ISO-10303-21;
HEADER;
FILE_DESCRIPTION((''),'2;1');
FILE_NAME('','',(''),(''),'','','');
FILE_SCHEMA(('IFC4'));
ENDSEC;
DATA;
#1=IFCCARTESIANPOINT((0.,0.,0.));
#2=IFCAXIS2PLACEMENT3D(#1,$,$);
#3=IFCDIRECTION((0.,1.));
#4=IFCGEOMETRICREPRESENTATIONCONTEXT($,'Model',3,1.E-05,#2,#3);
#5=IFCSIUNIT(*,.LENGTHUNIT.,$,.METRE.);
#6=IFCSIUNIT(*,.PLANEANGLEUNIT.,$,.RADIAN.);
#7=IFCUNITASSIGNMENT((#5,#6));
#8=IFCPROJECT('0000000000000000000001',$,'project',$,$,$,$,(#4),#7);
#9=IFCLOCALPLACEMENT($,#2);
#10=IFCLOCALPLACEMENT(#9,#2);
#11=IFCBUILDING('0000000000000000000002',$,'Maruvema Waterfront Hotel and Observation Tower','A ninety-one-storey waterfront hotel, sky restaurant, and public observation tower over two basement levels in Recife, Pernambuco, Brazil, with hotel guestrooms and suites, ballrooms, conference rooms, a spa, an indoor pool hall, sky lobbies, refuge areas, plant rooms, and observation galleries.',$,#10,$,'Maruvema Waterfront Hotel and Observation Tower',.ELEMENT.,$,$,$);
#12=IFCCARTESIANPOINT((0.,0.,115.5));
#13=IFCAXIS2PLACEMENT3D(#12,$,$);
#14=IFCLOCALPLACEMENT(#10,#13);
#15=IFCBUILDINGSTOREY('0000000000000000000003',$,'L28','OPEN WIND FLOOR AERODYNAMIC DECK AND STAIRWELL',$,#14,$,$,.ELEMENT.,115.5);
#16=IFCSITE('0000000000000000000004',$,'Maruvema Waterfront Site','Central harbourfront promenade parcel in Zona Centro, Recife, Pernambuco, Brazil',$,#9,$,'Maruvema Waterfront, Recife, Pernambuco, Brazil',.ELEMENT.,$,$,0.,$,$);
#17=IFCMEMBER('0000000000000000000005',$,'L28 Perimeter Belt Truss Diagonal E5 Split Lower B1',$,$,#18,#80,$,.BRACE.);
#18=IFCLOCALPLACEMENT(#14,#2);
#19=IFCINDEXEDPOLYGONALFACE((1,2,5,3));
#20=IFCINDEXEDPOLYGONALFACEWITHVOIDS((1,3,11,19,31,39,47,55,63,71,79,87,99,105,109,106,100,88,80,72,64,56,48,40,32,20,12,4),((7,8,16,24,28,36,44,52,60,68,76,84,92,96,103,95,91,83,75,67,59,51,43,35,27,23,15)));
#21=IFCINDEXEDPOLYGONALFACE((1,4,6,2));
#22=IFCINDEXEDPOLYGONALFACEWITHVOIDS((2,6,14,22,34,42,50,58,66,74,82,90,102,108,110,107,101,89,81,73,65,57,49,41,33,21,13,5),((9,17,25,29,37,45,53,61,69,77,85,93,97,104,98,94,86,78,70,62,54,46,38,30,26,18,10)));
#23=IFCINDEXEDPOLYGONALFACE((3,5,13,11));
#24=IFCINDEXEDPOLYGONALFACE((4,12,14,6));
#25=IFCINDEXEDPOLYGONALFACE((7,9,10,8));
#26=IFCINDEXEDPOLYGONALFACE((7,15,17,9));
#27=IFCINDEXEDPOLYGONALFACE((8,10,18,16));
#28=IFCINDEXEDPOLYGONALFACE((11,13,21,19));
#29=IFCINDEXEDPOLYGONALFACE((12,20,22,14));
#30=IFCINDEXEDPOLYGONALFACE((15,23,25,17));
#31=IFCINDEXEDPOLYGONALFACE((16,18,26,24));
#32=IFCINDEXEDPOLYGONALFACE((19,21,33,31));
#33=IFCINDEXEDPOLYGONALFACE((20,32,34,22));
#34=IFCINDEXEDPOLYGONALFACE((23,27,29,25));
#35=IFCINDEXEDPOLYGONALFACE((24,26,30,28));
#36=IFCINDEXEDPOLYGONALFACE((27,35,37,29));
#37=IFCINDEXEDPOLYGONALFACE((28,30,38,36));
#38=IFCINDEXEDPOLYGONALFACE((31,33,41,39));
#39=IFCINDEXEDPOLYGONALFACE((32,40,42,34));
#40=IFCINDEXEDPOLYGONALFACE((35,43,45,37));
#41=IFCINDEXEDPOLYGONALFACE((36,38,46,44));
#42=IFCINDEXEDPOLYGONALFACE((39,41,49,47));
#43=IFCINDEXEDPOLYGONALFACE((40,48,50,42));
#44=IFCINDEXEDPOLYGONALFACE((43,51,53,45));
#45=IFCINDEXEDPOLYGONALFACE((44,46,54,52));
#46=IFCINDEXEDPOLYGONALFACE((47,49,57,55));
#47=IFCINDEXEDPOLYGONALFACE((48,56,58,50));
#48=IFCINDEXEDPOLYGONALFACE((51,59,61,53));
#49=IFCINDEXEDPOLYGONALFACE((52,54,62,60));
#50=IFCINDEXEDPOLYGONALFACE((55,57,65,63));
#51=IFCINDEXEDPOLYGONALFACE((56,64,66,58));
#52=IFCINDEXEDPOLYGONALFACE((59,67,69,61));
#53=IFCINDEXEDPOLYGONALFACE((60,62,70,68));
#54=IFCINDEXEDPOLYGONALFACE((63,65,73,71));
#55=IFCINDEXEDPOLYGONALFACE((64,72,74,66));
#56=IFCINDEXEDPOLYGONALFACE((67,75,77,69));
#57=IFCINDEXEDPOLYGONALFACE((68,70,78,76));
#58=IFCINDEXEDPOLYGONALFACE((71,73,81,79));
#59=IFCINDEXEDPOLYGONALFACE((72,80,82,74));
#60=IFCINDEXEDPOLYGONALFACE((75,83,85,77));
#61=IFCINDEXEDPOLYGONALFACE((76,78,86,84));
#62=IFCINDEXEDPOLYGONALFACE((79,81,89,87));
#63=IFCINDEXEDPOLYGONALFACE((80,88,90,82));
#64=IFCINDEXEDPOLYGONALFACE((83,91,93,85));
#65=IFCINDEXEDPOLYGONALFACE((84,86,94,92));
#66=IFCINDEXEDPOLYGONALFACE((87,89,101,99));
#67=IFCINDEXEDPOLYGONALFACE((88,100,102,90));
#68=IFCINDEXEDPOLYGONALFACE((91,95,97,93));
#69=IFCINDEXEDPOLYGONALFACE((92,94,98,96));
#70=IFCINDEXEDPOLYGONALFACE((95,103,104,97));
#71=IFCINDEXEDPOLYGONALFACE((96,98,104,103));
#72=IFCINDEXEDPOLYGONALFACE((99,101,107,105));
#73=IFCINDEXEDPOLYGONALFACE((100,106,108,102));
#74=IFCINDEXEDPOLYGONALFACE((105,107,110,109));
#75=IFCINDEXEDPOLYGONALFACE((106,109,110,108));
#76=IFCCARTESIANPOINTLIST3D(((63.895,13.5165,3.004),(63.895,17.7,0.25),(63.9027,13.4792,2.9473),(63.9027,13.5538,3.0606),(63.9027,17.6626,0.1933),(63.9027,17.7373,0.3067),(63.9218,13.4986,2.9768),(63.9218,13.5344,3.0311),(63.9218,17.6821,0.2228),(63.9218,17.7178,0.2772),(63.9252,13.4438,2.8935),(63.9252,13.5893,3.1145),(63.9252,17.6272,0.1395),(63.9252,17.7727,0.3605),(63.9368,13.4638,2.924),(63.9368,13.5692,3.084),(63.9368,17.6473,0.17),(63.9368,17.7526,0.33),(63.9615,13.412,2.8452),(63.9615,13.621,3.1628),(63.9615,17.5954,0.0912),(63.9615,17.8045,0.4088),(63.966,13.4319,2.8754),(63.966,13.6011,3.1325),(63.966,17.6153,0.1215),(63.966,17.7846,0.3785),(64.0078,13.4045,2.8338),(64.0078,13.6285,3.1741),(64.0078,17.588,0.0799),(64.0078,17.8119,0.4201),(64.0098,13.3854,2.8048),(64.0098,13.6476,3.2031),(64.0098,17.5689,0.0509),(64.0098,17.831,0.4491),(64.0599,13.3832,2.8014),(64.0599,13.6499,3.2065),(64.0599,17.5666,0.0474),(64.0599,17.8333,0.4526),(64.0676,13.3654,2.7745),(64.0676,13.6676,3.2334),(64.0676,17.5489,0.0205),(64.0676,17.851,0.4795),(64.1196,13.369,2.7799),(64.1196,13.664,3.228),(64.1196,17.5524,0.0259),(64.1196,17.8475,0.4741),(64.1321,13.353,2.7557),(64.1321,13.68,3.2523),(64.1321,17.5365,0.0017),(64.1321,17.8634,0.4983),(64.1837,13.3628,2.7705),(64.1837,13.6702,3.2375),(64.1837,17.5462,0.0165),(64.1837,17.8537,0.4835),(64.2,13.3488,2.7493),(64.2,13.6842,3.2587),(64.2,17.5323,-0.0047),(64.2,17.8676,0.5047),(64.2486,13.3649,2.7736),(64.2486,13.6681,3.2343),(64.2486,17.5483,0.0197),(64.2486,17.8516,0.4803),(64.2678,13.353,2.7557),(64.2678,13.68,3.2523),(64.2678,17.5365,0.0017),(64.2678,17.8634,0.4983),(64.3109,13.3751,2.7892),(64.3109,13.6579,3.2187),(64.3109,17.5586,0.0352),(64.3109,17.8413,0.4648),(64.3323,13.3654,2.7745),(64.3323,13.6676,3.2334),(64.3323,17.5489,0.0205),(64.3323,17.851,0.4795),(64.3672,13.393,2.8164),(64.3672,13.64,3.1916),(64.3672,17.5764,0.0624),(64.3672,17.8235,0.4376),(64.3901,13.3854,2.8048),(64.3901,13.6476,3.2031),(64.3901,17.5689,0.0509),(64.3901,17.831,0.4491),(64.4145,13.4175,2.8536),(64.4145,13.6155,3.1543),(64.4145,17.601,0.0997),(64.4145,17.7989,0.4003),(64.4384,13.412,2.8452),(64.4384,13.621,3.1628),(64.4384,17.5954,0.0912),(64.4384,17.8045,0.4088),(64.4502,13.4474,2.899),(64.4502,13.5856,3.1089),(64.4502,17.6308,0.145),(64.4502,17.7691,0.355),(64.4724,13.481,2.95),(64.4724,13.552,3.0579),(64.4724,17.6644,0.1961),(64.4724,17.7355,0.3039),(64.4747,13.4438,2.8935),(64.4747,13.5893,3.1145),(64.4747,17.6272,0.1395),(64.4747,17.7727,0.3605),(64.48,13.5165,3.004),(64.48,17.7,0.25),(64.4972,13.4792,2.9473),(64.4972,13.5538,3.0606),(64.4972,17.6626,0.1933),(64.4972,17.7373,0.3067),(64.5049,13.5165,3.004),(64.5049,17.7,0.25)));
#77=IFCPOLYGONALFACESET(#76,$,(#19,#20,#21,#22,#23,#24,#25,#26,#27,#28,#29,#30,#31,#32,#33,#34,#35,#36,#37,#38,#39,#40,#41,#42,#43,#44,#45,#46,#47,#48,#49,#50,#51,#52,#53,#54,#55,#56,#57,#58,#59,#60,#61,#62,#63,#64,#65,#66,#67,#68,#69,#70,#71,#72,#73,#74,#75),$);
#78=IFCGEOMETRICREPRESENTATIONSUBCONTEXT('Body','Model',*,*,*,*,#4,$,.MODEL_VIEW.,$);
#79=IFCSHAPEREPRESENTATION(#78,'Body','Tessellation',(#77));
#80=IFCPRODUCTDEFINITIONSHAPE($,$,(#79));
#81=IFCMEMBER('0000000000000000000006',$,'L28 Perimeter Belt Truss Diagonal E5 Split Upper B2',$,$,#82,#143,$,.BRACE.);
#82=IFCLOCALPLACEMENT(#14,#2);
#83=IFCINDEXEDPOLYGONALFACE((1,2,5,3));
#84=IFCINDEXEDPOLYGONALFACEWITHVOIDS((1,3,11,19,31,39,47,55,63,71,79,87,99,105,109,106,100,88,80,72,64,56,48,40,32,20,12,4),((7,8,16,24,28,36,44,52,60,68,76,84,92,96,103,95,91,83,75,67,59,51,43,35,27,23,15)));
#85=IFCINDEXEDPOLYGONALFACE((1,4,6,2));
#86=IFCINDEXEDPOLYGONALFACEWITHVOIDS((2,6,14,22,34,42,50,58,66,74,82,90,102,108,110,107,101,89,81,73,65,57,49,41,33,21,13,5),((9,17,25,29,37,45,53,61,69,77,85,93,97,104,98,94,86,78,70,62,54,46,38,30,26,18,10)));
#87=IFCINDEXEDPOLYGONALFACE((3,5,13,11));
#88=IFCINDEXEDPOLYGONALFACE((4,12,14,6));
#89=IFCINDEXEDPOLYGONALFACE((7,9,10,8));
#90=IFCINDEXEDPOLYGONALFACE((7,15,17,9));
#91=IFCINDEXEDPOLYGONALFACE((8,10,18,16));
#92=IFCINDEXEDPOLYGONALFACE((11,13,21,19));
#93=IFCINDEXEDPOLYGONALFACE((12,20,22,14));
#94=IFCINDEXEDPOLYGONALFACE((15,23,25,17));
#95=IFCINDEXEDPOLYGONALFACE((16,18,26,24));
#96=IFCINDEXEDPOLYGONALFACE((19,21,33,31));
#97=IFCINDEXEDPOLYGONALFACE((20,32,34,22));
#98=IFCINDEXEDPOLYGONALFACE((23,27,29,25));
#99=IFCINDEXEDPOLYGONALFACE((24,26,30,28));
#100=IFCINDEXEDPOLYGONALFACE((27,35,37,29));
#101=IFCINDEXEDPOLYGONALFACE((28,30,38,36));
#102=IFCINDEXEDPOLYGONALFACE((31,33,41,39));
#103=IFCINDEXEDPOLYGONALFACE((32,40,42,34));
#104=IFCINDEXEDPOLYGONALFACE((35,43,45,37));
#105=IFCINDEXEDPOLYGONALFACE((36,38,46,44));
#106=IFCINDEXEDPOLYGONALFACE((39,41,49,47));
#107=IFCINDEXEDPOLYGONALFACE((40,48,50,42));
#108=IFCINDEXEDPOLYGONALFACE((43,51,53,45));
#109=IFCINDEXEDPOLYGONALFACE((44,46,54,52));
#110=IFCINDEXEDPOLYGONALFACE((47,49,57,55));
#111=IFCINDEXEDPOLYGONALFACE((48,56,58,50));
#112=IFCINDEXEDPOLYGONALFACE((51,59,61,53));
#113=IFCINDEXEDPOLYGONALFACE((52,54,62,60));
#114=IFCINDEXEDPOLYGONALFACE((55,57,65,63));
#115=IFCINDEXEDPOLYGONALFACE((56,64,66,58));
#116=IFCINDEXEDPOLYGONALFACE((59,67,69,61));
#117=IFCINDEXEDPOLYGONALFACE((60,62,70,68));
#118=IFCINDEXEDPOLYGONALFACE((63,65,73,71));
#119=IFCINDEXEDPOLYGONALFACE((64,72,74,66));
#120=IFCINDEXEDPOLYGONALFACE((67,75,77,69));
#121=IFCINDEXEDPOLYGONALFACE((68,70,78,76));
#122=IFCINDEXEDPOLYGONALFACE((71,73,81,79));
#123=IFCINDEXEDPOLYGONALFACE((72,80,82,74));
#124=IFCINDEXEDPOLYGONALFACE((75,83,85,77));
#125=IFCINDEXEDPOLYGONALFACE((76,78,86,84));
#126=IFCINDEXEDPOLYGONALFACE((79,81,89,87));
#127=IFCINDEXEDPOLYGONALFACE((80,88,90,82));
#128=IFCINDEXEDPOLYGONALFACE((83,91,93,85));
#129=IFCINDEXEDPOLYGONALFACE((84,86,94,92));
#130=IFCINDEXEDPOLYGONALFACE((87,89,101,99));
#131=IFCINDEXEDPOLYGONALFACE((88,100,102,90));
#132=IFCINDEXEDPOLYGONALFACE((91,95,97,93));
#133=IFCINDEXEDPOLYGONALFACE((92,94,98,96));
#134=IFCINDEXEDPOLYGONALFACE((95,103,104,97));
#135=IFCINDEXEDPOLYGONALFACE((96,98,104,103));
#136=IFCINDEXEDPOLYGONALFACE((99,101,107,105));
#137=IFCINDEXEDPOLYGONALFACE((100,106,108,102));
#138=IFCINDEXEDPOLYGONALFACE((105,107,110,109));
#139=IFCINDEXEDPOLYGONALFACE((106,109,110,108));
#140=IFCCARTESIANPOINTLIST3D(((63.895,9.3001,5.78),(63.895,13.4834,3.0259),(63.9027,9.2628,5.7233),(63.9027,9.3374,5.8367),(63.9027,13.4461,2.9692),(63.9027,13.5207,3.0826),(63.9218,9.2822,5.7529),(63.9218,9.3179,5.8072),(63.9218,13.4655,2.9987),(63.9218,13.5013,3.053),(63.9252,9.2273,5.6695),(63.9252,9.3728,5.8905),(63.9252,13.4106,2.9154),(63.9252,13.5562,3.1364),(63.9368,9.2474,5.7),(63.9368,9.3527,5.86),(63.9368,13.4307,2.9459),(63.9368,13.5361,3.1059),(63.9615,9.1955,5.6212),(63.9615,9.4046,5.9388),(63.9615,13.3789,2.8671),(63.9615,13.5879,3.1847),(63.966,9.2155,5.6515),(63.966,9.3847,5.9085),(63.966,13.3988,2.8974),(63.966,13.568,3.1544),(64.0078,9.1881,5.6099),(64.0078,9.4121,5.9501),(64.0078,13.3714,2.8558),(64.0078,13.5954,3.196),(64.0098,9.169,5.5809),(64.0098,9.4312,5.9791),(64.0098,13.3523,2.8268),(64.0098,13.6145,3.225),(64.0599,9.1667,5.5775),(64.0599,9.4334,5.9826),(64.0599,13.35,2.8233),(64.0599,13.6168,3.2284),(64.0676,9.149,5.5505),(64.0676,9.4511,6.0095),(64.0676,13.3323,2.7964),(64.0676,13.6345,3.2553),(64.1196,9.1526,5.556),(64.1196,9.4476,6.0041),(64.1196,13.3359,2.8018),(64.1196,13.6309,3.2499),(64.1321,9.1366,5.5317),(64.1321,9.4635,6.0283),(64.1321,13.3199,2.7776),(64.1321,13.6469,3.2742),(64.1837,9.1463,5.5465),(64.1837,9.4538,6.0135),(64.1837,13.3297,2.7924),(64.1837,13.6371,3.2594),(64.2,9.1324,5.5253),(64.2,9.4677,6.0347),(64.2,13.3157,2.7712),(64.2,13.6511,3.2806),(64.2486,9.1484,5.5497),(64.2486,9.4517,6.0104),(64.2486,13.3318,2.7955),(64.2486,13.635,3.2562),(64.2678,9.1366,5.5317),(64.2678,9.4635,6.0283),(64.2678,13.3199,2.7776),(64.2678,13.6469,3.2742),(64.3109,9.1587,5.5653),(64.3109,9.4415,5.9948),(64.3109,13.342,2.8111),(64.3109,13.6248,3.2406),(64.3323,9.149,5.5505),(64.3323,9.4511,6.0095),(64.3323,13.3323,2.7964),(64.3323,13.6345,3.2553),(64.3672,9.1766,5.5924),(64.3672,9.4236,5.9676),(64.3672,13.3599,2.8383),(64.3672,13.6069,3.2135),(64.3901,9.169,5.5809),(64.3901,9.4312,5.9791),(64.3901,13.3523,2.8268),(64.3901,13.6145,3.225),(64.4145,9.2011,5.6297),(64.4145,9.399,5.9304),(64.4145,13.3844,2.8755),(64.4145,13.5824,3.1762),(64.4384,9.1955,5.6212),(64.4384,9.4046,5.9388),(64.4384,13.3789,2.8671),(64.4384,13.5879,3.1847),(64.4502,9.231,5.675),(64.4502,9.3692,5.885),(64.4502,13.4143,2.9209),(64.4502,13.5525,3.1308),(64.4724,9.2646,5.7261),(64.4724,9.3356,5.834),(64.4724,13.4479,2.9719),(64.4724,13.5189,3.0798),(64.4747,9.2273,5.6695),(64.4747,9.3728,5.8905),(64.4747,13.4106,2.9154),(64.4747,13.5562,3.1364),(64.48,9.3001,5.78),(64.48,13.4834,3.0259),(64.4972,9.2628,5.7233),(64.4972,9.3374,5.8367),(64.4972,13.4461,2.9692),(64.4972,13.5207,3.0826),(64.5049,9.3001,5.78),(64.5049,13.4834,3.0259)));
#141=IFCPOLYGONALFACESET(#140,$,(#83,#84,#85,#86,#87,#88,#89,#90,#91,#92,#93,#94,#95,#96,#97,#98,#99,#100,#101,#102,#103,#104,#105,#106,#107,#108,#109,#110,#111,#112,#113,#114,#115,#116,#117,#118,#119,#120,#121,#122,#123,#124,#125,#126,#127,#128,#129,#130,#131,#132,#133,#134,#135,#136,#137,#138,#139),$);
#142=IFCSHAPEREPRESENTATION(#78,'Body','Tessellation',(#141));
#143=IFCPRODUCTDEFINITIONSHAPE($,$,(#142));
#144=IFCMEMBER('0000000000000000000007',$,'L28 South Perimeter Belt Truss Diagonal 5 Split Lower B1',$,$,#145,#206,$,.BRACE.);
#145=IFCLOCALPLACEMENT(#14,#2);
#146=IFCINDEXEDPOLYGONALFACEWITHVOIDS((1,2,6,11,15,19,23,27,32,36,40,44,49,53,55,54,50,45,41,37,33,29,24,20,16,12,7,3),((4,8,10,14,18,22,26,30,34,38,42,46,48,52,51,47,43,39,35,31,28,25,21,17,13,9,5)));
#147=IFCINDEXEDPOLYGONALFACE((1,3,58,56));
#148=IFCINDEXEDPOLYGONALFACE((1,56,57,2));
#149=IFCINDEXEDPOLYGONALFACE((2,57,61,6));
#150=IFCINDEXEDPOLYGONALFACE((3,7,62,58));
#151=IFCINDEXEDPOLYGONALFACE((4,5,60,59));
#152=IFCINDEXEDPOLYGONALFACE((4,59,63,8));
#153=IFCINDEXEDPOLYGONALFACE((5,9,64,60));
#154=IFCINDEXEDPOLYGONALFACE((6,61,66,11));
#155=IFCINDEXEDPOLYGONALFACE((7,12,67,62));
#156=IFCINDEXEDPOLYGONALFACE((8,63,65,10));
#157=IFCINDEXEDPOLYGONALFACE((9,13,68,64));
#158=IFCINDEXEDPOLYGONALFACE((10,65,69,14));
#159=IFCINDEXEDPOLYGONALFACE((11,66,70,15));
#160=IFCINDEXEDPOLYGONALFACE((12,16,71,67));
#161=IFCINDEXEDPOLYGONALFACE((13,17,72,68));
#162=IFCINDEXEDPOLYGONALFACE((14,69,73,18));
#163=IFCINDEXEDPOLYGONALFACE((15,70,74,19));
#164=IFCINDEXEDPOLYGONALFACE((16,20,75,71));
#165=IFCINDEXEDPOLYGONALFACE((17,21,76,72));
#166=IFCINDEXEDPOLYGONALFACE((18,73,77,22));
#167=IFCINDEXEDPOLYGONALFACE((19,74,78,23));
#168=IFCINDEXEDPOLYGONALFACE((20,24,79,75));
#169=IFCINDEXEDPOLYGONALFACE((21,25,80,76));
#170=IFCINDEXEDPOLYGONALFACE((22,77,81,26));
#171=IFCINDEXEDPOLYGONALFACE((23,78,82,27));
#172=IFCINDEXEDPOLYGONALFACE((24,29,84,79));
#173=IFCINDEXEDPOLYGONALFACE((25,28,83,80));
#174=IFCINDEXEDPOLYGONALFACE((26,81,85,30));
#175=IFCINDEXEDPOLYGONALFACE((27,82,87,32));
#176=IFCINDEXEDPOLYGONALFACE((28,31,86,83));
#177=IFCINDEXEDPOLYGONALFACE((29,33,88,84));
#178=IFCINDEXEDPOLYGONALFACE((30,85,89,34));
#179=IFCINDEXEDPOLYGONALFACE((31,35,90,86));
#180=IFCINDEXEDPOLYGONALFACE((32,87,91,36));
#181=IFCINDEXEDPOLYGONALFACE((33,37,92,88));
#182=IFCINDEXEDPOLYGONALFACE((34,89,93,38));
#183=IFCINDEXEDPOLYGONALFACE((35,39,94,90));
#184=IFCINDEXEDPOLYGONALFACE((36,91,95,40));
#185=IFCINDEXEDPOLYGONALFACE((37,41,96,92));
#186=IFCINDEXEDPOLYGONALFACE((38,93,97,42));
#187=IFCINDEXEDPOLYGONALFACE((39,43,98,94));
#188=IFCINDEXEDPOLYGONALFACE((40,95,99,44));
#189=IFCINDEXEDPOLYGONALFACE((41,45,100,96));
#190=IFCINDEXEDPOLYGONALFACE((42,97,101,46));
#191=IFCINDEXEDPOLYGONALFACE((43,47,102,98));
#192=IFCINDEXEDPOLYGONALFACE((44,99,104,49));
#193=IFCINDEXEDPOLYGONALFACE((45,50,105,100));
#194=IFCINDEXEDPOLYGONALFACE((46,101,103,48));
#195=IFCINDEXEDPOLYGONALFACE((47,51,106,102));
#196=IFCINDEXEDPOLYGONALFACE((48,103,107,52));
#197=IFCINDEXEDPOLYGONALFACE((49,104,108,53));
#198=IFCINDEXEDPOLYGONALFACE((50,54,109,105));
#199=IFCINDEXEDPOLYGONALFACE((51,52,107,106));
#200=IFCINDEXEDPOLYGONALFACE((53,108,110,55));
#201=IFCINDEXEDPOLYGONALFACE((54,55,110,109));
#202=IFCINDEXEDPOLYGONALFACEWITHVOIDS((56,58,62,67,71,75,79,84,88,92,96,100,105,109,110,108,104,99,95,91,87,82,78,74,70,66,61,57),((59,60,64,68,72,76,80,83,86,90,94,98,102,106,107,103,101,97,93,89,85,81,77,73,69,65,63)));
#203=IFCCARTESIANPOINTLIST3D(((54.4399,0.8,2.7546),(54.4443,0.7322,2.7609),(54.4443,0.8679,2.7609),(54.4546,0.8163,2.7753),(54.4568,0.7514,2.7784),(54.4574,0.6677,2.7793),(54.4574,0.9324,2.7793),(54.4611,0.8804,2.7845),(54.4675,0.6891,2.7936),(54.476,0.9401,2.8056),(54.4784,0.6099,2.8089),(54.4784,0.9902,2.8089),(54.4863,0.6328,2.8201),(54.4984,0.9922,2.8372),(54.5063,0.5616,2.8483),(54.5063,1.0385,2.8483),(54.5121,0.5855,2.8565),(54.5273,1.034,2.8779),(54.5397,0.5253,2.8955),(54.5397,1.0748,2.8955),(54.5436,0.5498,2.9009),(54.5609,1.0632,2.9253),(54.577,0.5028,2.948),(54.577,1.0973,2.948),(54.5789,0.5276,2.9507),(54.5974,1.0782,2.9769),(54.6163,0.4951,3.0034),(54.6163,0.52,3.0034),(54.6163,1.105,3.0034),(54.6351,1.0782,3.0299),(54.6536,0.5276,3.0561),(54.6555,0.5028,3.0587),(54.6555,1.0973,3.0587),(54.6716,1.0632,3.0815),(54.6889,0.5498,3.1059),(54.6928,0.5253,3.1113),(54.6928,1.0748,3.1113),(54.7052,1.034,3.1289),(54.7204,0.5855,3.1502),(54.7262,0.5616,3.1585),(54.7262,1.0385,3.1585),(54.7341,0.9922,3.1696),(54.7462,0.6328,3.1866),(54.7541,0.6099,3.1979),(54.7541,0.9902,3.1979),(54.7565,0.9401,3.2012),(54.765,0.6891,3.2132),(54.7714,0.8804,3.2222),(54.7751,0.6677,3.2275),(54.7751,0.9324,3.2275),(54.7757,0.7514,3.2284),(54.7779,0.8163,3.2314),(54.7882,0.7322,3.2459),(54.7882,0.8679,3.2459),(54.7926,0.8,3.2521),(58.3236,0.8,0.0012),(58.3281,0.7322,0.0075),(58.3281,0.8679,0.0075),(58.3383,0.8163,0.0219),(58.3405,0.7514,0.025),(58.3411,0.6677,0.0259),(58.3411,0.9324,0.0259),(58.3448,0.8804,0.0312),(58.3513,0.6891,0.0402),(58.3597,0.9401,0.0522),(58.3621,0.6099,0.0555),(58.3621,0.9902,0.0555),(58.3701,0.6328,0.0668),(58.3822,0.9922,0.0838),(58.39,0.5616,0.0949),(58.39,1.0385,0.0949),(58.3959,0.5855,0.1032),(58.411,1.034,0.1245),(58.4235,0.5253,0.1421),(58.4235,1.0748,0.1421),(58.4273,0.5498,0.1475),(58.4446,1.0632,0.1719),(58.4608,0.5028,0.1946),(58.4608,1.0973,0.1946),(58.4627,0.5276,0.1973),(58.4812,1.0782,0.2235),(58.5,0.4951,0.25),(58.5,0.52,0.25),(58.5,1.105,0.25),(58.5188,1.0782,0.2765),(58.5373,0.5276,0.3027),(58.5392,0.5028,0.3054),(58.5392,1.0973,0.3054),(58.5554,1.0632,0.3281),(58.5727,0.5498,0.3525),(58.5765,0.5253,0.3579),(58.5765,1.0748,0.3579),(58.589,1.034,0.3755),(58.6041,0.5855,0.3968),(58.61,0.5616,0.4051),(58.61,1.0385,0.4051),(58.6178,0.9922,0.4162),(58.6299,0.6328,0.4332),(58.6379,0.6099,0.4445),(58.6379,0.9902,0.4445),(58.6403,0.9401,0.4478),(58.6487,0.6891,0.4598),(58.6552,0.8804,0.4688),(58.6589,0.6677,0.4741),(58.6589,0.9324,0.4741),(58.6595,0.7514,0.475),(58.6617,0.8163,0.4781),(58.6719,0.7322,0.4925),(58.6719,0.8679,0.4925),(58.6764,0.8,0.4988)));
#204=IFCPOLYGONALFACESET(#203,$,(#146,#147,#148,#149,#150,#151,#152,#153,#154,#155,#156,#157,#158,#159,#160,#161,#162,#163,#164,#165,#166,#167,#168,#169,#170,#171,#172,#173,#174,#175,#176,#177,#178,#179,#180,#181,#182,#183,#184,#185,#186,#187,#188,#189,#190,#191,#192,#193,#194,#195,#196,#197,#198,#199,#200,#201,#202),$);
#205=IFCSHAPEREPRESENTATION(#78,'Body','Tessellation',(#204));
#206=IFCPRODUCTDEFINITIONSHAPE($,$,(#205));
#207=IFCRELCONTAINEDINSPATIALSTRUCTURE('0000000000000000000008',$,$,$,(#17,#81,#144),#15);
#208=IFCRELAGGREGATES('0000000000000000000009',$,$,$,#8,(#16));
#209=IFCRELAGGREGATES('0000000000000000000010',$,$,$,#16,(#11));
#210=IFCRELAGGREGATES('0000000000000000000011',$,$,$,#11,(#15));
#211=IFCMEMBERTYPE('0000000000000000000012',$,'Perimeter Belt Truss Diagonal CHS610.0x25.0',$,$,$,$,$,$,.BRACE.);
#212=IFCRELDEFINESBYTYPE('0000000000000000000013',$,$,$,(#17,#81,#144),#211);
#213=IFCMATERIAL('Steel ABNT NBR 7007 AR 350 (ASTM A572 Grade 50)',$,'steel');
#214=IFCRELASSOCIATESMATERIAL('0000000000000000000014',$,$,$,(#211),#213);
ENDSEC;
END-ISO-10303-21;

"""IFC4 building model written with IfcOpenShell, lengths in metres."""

from ifc_helpers import new_model, si_unit, direction, frame, origin, origin_2d, place, context, subcontext, project, spatial, hollow_circle, extrude, material, material_profile, profile_set, type_object, element, save


model = new_model("IFC4")

# Units and contexts
model_context = context("Model", 3, precision=1e-05, world=origin(), true_north=direction((0.0, 1.0)))
body_context = subcontext(model_context, "Body", "Model", "MODEL_VIEW")
ifc_project = project(units=[si_unit("LENGTHUNIT", "METRE"), si_unit("PLANEANGLEUNIT", "RADIAN")], contexts=[model_context])

# Site, building, storey
site_placement = place(None, origin())
site = spatial("IfcSite", under=ifc_project, at=site_placement, Name="Maruvema Waterfront Site", Description="Central harbourfront promenade parcel in Zona Centro, Recife, Pernambuco, Brazil", LongName="Maruvema Waterfront, Recife, Pernambuco, Brazil", CompositionType="ELEMENT", RefElevation=0.0)
building_placement = place(site_placement, origin())
building = spatial("IfcBuilding", under=site, at=building_placement, Name="Maruvema Waterfront Hotel and Observation Tower", Description="A ninety-one-storey waterfront hotel, sky restaurant, and public observation tower over two basement levels in Recife, Pernambuco, Brazil, with hotel guestrooms and suites, ballrooms, conference rooms, a spa, an indoor pool hall, sky lobbies, refuge areas, plant rooms, and observation galleries.", LongName="Maruvema Waterfront Hotel and Observation Tower", CompositionType="ELEMENT")
storey_placement = place(building_placement, frame((0.0, 0.0, 115.5)))
storey = spatial("IfcBuildingStorey", under=building, at=storey_placement, Name="L28", Description="OPEN WIND FLOOR AERODYNAMIC DECK AND STAIRWELL", CompositionType="ELEMENT", Elevation=115.5)

# Members
ifc_material_1 = material(Name="Steel ABNT NBR 7007 AR 350 (ASTM A572 Grade 50)", Category="steel")
ifc_material_profile_1 = material_profile(ifc_material_1, hollow_circle(Radius=0.3049, WallThickness=0.0249, at=origin_2d()), Name="CHS610.0x25.0")
ifc_profile_set_1 = profile_set([ifc_material_profile_1], Name="Steel ABNT NBR 7007 AR 350 (ASTM A572 Grade 50)")
member_type_1 = type_object("IfcMemberType", Name="Perimeter Belt Truss Diagonal CHS610.0x25.0", PredefinedType="BRACE", material=ifc_profile_set_1)
for number, where, z_axis, x_axis, name in (
    (1, (64.2, 17.7, 0.25), (0.0, -0.835261, 0.549854), (1.0, 0.0, 0.0), "L28 Perimeter Belt Truss Diagonal E5 Split Lower B1"),
    (2, (64.2, 13.4834, 3.0259), (0.0, -0.835239, 0.549888), (1.0, 0.0, 0.0), "L28 Perimeter Belt Truss Diagonal E5 Split Upper B2"),
):
    element("IfcMember", number, at=place(storey_placement, frame(where, z_axis=z_axis, x_axis=x_axis)), inside=storey, type_object=member_type_1, Name=name, PredefinedType="BRACE", context=body_context, shape_type="SweptSolid", body=[
        extrude(hollow_circle(Radius=0.3049, WallThickness=0.0249, at=origin_2d()), origin(), (0.0, 0.0, 1.0), 5.0085),
    ])
for number, where, z_axis, x_axis, name in (
    (3, (58.5, 0.8, 0.25), (-0.815787, 0.0, 0.578353), (0.0, -1.0, 0.0), "L28 South Perimeter Belt Truss Diagonal 5 Split Lower B1"),
):
    element("IfcMember", number, at=place(storey_placement, frame(where, z_axis=z_axis, x_axis=x_axis)), inside=storey, type_object=member_type_1, Name=name, PredefinedType="BRACE", context=body_context, shape_type="SweptSolid", body=[
        extrude(hollow_circle(Radius=0.3049, WallThickness=0.0249, at=origin_2d()), origin(), (0.0, 0.0, 1.0), 4.7607),
    ])

save(model, "model.ifc")
